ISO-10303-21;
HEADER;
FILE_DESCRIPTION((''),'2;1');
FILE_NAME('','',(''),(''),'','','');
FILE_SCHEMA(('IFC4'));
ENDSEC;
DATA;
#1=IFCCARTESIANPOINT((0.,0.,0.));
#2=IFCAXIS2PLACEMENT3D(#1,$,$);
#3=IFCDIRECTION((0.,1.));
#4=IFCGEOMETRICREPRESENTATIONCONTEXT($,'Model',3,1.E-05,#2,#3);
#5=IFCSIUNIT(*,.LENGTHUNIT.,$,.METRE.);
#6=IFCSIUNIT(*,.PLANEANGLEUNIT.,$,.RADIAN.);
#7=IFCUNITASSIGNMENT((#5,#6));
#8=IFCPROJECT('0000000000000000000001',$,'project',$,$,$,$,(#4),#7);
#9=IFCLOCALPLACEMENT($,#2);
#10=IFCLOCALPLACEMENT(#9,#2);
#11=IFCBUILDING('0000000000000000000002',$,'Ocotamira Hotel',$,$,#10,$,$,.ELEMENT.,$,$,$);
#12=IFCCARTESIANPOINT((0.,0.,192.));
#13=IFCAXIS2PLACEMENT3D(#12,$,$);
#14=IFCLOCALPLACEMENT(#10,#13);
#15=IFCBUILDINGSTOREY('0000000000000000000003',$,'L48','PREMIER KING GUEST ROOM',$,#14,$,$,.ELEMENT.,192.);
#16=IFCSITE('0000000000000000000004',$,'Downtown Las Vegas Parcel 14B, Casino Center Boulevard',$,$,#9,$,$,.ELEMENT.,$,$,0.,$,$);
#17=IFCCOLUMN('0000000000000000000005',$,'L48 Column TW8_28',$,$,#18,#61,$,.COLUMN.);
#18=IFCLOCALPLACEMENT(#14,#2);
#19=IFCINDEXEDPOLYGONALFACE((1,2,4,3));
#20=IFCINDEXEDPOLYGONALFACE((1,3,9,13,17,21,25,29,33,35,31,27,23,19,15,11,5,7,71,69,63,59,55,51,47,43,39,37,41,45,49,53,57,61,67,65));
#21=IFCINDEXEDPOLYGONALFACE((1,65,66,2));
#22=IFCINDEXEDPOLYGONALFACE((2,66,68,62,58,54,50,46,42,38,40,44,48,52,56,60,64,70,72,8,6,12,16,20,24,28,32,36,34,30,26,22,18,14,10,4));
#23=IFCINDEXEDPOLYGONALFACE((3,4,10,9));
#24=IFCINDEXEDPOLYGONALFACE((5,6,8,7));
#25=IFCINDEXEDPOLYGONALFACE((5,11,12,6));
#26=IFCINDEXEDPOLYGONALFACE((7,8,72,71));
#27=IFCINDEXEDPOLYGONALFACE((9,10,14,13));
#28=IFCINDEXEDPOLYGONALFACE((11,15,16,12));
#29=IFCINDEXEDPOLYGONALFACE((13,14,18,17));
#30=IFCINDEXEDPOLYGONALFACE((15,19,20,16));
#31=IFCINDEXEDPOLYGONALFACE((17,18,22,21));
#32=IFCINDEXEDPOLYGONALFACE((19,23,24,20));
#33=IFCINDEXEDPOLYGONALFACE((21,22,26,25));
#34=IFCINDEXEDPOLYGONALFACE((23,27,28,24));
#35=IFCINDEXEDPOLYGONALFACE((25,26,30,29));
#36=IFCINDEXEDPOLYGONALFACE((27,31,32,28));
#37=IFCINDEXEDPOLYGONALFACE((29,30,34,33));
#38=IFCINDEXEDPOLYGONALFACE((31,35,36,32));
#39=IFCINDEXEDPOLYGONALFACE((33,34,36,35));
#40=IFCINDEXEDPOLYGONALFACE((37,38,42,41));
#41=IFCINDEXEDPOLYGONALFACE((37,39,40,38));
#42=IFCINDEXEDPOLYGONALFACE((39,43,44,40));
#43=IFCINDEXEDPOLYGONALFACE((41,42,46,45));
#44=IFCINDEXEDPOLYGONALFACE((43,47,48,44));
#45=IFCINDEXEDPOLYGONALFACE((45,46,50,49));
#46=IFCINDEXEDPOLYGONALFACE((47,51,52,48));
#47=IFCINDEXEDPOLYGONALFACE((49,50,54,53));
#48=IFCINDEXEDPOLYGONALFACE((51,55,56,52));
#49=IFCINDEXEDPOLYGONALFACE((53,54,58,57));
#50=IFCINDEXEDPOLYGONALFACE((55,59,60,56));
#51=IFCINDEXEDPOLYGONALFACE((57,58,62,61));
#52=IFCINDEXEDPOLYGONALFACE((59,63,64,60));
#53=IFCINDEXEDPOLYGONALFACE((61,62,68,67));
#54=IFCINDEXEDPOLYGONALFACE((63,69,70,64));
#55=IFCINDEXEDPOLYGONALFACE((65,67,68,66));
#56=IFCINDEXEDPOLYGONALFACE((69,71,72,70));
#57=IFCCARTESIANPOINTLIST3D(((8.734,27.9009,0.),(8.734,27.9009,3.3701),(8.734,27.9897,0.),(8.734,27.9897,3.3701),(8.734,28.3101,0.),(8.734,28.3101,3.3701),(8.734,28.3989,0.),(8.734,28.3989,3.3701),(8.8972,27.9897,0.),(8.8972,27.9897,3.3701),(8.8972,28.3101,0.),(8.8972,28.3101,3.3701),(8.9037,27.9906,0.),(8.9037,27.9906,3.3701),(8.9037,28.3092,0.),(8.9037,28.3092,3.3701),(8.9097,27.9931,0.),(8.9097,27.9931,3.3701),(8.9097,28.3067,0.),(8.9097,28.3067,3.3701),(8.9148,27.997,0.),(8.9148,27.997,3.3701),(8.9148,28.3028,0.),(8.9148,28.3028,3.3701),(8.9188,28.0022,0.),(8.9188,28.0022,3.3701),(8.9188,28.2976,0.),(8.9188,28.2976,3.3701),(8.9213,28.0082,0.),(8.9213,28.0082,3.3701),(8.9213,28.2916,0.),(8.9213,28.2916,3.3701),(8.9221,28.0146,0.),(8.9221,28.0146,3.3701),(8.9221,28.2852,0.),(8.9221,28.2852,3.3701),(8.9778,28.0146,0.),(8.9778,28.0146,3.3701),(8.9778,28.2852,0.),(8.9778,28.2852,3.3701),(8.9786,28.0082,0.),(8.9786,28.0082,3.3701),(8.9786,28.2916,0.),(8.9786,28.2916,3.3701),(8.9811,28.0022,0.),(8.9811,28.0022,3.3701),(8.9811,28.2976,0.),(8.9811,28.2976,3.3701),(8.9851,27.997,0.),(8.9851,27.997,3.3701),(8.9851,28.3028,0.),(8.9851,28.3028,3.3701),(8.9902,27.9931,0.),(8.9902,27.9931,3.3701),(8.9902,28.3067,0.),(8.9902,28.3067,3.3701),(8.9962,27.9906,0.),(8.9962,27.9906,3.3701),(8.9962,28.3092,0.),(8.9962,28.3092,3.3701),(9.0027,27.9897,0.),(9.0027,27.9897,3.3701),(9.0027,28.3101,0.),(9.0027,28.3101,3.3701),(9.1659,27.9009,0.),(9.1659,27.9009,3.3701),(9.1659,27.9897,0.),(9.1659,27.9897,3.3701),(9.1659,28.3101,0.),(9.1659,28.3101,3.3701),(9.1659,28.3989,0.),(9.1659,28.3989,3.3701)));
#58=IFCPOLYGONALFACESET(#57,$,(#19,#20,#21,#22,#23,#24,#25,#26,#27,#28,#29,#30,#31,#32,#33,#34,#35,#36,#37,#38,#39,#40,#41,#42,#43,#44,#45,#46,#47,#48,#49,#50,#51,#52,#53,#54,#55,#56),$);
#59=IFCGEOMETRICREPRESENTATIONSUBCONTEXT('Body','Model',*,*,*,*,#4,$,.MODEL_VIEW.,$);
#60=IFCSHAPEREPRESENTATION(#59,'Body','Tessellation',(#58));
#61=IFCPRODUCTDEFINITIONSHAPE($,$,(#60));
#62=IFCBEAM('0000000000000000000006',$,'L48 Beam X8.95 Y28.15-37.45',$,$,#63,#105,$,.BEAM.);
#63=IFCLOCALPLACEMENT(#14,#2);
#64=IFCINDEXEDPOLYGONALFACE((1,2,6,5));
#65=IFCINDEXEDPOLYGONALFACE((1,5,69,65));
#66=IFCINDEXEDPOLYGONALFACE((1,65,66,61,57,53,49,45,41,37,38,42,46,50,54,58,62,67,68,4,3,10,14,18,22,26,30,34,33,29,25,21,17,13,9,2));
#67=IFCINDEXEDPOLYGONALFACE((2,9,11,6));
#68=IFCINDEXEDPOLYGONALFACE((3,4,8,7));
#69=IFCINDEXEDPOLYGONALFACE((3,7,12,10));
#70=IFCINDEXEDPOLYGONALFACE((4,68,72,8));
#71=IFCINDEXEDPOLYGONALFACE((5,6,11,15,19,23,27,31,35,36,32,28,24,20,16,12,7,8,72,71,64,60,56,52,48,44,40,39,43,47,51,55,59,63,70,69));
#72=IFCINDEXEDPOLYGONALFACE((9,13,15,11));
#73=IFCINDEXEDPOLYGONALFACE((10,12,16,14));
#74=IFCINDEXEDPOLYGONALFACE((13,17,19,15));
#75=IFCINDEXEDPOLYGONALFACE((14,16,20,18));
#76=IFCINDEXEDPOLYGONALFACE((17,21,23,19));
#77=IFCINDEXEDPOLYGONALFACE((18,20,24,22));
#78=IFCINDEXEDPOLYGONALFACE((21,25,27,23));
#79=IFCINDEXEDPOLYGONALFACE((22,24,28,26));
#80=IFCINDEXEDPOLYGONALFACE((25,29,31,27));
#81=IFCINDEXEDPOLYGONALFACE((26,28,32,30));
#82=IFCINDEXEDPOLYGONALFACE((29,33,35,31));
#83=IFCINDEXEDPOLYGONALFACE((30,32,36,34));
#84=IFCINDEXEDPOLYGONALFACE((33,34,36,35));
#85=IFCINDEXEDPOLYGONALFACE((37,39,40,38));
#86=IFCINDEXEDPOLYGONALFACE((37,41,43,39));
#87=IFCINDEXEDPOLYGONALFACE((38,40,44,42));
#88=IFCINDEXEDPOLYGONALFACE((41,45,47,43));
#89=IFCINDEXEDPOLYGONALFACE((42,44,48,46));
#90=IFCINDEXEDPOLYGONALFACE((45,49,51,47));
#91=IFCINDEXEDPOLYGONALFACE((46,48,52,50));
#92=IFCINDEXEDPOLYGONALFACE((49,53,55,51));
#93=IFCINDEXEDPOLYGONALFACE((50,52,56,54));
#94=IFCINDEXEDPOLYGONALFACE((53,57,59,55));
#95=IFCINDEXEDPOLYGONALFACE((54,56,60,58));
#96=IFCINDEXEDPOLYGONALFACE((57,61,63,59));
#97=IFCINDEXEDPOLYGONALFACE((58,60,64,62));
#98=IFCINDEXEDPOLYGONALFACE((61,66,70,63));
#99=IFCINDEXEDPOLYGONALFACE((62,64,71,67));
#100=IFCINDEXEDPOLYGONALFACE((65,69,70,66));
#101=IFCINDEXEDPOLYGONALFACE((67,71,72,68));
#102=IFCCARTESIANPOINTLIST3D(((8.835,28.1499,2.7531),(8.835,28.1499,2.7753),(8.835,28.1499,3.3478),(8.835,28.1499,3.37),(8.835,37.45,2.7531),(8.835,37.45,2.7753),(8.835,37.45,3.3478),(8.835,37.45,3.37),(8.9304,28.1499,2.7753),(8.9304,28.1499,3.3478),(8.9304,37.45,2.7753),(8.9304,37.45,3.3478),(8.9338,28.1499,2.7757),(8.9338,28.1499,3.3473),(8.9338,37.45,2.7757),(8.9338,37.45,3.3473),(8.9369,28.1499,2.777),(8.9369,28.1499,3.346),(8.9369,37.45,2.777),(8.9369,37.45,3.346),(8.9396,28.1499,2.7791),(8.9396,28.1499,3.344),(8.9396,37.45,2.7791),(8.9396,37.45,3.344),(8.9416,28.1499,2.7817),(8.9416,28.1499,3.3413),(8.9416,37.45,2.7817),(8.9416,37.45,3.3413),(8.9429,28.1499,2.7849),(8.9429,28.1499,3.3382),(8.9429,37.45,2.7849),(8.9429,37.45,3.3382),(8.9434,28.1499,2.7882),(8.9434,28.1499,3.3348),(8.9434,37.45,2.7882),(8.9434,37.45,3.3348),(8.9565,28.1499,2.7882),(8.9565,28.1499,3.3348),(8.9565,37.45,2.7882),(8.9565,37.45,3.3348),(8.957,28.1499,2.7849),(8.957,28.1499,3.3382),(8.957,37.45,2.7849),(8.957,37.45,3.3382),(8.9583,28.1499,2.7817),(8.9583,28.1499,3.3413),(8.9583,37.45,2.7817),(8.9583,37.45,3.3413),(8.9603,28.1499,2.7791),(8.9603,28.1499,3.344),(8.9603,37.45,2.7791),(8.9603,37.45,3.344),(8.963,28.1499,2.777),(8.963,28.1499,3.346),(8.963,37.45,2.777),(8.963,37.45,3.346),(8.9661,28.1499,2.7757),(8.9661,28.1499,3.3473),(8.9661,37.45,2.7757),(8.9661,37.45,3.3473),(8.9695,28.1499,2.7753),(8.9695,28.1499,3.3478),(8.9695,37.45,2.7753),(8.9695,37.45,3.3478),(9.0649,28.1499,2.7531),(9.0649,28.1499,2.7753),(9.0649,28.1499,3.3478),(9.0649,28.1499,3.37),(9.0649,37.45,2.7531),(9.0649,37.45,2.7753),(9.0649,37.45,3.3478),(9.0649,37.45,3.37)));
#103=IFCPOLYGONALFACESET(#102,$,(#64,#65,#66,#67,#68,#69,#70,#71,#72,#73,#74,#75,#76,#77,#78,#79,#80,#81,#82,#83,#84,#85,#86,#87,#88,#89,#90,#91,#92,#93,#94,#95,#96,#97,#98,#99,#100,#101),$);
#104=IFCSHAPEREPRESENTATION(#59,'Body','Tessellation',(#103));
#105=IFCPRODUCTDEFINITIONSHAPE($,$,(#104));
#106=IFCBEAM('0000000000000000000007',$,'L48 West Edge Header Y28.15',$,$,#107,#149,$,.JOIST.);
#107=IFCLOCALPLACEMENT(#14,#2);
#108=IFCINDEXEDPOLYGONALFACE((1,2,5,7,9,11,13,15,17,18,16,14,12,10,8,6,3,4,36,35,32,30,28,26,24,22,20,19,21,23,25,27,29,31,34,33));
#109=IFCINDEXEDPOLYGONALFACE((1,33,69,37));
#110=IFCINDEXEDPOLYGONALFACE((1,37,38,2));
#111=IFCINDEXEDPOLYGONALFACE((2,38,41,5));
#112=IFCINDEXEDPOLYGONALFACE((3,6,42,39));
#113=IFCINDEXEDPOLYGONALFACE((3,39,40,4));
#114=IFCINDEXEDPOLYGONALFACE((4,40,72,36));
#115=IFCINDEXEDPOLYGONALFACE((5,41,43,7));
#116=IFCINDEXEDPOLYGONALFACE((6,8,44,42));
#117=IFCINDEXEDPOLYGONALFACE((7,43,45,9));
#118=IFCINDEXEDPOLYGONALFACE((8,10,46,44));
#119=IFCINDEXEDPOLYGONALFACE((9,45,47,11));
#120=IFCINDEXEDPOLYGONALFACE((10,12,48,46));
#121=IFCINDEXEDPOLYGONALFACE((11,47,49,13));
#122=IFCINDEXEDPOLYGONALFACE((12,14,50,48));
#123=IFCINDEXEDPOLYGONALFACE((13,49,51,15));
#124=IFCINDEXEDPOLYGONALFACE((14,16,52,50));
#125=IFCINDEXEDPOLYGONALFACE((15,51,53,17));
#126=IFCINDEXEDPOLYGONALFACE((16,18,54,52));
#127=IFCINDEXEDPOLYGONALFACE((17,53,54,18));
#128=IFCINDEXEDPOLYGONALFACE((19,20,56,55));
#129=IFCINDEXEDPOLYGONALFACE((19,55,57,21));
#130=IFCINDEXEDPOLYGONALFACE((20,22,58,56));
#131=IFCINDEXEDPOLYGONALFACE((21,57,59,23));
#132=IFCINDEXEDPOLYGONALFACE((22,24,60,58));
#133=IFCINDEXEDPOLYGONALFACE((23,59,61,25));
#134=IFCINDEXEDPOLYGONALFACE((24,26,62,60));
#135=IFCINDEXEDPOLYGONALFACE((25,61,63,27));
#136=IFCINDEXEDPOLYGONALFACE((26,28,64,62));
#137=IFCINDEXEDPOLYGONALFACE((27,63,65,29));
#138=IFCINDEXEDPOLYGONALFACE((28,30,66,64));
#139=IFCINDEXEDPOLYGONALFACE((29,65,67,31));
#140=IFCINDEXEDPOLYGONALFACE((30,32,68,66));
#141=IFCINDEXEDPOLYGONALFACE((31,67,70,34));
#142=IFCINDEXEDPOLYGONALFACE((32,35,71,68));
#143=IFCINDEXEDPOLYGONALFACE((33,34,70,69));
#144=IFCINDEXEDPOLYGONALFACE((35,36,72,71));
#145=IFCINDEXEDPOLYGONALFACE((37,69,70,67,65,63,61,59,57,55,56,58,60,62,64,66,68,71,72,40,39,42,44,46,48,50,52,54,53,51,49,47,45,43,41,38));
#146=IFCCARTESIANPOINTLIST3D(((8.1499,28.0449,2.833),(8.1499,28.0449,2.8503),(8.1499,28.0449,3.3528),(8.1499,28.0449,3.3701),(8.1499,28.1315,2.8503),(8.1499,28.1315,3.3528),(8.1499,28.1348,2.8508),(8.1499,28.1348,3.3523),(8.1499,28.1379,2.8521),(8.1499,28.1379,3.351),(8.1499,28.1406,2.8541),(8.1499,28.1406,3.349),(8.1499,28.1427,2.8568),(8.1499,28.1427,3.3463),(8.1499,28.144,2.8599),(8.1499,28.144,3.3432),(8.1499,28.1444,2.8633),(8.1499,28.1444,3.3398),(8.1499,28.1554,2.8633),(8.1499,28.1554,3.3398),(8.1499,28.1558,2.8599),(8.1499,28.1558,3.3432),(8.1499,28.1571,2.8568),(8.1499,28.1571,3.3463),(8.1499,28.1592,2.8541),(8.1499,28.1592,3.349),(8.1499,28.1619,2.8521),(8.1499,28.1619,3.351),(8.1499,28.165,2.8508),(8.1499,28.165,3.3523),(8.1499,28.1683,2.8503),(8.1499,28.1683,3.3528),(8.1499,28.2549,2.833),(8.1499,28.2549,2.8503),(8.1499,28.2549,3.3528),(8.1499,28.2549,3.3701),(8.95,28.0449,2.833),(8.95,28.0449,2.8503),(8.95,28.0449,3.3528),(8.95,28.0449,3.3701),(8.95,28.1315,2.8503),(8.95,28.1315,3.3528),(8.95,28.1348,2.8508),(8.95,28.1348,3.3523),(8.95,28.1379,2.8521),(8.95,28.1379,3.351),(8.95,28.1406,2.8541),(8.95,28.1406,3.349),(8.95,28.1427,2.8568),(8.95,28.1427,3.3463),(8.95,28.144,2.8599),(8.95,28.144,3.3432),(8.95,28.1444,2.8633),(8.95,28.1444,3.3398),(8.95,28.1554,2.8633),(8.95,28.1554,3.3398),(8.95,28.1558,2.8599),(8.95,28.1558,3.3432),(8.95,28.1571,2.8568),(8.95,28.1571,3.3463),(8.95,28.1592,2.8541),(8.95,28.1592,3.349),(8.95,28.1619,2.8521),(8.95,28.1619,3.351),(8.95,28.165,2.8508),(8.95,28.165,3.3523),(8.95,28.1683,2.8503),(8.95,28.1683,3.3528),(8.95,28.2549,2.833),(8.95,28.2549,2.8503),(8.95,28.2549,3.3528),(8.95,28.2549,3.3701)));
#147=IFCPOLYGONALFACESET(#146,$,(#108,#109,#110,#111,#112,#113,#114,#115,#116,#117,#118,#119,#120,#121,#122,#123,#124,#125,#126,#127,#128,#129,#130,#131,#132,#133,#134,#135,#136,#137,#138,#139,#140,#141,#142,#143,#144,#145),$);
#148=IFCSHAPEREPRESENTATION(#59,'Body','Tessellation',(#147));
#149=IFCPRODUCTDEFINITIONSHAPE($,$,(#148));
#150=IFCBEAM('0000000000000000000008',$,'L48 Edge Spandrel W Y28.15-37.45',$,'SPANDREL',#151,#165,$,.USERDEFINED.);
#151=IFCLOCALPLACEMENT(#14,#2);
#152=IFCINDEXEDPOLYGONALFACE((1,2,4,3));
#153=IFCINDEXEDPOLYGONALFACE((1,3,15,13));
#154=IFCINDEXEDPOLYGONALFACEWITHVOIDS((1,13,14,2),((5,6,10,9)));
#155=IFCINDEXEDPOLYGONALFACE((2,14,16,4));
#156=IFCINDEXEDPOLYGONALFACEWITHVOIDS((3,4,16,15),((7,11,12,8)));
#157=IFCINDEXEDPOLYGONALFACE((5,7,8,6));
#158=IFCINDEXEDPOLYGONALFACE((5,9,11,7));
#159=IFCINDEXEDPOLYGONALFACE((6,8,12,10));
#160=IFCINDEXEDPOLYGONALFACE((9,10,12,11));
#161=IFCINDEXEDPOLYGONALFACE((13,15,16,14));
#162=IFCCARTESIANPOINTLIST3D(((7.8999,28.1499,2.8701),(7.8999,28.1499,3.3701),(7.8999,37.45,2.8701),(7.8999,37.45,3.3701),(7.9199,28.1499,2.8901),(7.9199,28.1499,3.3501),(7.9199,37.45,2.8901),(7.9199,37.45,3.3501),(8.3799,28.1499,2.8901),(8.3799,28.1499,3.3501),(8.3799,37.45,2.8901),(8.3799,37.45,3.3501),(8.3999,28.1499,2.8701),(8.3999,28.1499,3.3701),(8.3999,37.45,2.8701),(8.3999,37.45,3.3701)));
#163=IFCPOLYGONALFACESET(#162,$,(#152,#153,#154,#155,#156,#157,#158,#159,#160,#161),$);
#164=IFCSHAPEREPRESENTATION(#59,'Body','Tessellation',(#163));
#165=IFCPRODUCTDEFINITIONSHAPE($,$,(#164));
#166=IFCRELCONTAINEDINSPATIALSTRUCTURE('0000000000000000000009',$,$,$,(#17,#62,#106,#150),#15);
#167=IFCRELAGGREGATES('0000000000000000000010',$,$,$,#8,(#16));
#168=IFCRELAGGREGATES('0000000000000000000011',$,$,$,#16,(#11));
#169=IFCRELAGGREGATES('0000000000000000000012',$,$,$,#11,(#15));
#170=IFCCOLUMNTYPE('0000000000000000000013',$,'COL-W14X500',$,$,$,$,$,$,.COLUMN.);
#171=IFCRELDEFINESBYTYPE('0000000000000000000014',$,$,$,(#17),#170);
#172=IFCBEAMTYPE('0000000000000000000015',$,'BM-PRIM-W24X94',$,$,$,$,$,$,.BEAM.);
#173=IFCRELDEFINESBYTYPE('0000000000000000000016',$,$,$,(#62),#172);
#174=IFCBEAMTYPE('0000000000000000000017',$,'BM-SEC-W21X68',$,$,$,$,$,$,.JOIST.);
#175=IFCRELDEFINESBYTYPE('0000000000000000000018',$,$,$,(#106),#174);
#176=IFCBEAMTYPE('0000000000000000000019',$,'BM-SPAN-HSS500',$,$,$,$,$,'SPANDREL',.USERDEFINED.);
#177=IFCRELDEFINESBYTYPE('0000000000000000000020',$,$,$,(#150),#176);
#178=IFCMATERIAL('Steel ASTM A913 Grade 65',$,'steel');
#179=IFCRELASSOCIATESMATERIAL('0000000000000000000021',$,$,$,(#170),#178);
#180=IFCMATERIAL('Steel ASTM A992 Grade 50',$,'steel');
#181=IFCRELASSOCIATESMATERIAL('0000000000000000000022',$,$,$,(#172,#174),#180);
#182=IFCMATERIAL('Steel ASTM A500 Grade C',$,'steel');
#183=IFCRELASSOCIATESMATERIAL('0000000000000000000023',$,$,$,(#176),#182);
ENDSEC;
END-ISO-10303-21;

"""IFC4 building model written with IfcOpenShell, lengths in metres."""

from ifc_helpers import new_model, si_unit, direction, frame, origin, origin_2d, place, context, subcontext, project, spatial, hollow_rectangle, i_section, extrude, source, transform, mapped, material, material_profile, profile_set, type_object, element, save


model = new_model("IFC4")

# Units and contexts
model_context = context("Model", 3, precision=1e-05, world=origin(), true_north=direction((0.0, 1.0)))
body_context = subcontext(model_context, "Body", "Model", "MODEL_VIEW")
ifc_project = project(units=[si_unit("LENGTHUNIT", "METRE"), si_unit("PLANEANGLEUNIT", "RADIAN")], contexts=[model_context])

# Site, building, storey
site_placement = place(None, origin())
site = spatial("IfcSite", under=ifc_project, at=site_placement, Name="Downtown Las Vegas Parcel 14B, Casino Center Boulevard", CompositionType="ELEMENT", RefElevation=0.0)
building_placement = place(site_placement, origin())
building = spatial("IfcBuilding", under=site, at=building_placement, Name="Ocotamira Hotel", CompositionType="ELEMENT")
storey_placement = place(building_placement, frame((0.0, 0.0, 192.0)))
storey = spatial("IfcBuildingStorey", under=building, at=storey_placement, Name="L48", Description="PREMIER KING GUEST ROOM", CompositionType="ELEMENT", Elevation=192.0)

# Column
ifc_material_1 = material(Name="Steel ASTM A913 Grade 65", Category="steel")
ifc_material_profile_1 = material_profile(ifc_material_1, i_section(OverallWidth=0.4319, OverallDepth=0.498, WebThickness=0.0557, FlangeThickness=0.0889, FilletRadius=0.0249, at=origin_2d()), Name="W14X500")
ifc_profile_set_1 = profile_set([ifc_material_profile_1], Name="Steel ASTM A913 Grade 65")
column_type = type_object("IfcColumnType", Name="COL-W14X500", PredefinedType="COLUMN", material=ifc_profile_set_1)
shared_shape_1 = source(origin(), body_context, "Body", "SweptSolid", [
    extrude(i_section(OverallWidth=0.4319, OverallDepth=0.498, WebThickness=0.0557, FlangeThickness=0.0889, FilletRadius=0.0249, at=origin_2d()), origin(), (0.0, 0.0, 1.0), 3.3701),
])
column_placement = place(storey_placement, frame((8.95, 28.1499, 0.0), z_axis=(0.0, 0.0, 1.0), x_axis=(1.0, 0.0, 0.0)))
element("IfcColumn", 1, at=column_placement, inside=storey, type_object=column_type, Name="L48 Column TW8_28", PredefinedType="COLUMN", context=body_context, shape_type="MappedRepresentation", body=[
    mapped(shared_shape_1, transform((0.0, 0.0, 0.0), scale=1.0)),
])

# Beams
ifc_material_2 = material(Name="Steel ASTM A992 Grade 50", Category="steel")
ifc_material_profile_2 = material_profile(ifc_material_2, i_section(OverallWidth=0.23, OverallDepth=0.6169, WebThickness=0.0132, FlangeThickness=0.0222, FilletRadius=0.0129, at=origin_2d()), Name="W24X94")
ifc_profile_set_2 = profile_set([ifc_material_profile_2], Name="Steel ASTM A992 Grade 50")
beam_type_1 = type_object("IfcBeamType", Name="BM-PRIM-W24X94", PredefinedType="BEAM", material=ifc_profile_set_2)
shared_shape_2 = source(origin(), body_context, "Body", "SweptSolid", [
    extrude(i_section(OverallWidth=0.23, OverallDepth=0.6169, WebThickness=0.0132, FlangeThickness=0.0222, FilletRadius=0.0129, at=origin_2d()), origin(), (0.0, 0.0, 1.0), 9.3),
])
beam_1_placement = place(storey_placement, frame((8.95, 28.1499, 3.0615), z_axis=(0.0, 1.0, 0.0), x_axis=(-1.0, 0.0, 0.0)))
element("IfcBeam", 2, at=beam_1_placement, inside=storey, type_object=beam_type_1, Name="L48 Beam X8.95 Y28.15-37.45", PredefinedType="BEAM", context=body_context, shape_type="MappedRepresentation", body=[
    mapped(shared_shape_2, transform((0.0, 0.0, 0.0), scale=1.0)),
])
ifc_material_profile_3 = material_profile(ifc_material_2, i_section(OverallWidth=0.21, OverallDepth=0.5371, WebThickness=0.011, FlangeThickness=0.0173, FilletRadius=0.0129, at=origin_2d()), Name="W21X68")
ifc_profile_set_3 = profile_set([ifc_material_profile_3], Name="Steel ASTM A992 Grade 50")
beam_type_2 = type_object("IfcBeamType", Name="BM-SEC-W21X68", PredefinedType="JOIST", material=ifc_profile_set_3)
shared_shape_3 = source(origin(), body_context, "Body", "SweptSolid", [
    extrude(i_section(OverallWidth=0.21, OverallDepth=0.5371, WebThickness=0.011, FlangeThickness=0.0173, FilletRadius=0.0129, at=origin_2d()), origin(), (0.0, 0.0, 1.0), 0.8),
])
beam_2_placement = place(storey_placement, frame((8.95, 28.1499, 3.1016), z_axis=(-1.0, 0.0, 0.0), x_axis=(0.0, -1.0, 0.0)))
element("IfcBeam", 3, at=beam_2_placement, inside=storey, type_object=beam_type_2, Name="L48 West Edge Header Y28.15", PredefinedType="JOIST", context=body_context, shape_type="MappedRepresentation", body=[
    mapped(shared_shape_3, transform((0.0, 0.0, 0.0), scale=1.0)),
])
ifc_material_3 = material(Name="Steel ASTM A500 Grade C", Category="steel")
ifc_material_profile_4 = material_profile(ifc_material_3, hollow_rectangle(XDim=0.5, YDim=0.5, WallThickness=0.02, at=origin_2d()), Name="HSS500X500X20")
ifc_profile_set_4 = profile_set([ifc_material_profile_4], Name="Steel ASTM A500 Grade C")
beam_type_3 = type_object("IfcBeamType", Name="BM-SPAN-HSS500", ElementType="SPANDREL", PredefinedType="USERDEFINED", material=ifc_profile_set_4)
shared_shape_4 = source(origin(), body_context, "Body", "SweptSolid", [
    extrude(hollow_rectangle(XDim=0.5, YDim=0.5, WallThickness=0.02, at=origin_2d()), origin(), (0.0, 0.0, 1.0), 9.3),
])
beam_3_placement = place(storey_placement, frame((8.1499, 28.1499, 3.1201), z_axis=(0.0, 1.0, 0.0), x_axis=(-1.0, 0.0, 0.0)))
element("IfcBeam", 4, at=beam_3_placement, inside=storey, type_object=beam_type_3, Name="L48 Edge Spandrel W Y28.15-37.45", ObjectType="SPANDREL", PredefinedType="USERDEFINED", context=body_context, shape_type="MappedRepresentation", body=[
    mapped(shared_shape_4, transform((0.0, 0.0, 0.0), scale=1.0)),
])

save(model, "model.ifc")
